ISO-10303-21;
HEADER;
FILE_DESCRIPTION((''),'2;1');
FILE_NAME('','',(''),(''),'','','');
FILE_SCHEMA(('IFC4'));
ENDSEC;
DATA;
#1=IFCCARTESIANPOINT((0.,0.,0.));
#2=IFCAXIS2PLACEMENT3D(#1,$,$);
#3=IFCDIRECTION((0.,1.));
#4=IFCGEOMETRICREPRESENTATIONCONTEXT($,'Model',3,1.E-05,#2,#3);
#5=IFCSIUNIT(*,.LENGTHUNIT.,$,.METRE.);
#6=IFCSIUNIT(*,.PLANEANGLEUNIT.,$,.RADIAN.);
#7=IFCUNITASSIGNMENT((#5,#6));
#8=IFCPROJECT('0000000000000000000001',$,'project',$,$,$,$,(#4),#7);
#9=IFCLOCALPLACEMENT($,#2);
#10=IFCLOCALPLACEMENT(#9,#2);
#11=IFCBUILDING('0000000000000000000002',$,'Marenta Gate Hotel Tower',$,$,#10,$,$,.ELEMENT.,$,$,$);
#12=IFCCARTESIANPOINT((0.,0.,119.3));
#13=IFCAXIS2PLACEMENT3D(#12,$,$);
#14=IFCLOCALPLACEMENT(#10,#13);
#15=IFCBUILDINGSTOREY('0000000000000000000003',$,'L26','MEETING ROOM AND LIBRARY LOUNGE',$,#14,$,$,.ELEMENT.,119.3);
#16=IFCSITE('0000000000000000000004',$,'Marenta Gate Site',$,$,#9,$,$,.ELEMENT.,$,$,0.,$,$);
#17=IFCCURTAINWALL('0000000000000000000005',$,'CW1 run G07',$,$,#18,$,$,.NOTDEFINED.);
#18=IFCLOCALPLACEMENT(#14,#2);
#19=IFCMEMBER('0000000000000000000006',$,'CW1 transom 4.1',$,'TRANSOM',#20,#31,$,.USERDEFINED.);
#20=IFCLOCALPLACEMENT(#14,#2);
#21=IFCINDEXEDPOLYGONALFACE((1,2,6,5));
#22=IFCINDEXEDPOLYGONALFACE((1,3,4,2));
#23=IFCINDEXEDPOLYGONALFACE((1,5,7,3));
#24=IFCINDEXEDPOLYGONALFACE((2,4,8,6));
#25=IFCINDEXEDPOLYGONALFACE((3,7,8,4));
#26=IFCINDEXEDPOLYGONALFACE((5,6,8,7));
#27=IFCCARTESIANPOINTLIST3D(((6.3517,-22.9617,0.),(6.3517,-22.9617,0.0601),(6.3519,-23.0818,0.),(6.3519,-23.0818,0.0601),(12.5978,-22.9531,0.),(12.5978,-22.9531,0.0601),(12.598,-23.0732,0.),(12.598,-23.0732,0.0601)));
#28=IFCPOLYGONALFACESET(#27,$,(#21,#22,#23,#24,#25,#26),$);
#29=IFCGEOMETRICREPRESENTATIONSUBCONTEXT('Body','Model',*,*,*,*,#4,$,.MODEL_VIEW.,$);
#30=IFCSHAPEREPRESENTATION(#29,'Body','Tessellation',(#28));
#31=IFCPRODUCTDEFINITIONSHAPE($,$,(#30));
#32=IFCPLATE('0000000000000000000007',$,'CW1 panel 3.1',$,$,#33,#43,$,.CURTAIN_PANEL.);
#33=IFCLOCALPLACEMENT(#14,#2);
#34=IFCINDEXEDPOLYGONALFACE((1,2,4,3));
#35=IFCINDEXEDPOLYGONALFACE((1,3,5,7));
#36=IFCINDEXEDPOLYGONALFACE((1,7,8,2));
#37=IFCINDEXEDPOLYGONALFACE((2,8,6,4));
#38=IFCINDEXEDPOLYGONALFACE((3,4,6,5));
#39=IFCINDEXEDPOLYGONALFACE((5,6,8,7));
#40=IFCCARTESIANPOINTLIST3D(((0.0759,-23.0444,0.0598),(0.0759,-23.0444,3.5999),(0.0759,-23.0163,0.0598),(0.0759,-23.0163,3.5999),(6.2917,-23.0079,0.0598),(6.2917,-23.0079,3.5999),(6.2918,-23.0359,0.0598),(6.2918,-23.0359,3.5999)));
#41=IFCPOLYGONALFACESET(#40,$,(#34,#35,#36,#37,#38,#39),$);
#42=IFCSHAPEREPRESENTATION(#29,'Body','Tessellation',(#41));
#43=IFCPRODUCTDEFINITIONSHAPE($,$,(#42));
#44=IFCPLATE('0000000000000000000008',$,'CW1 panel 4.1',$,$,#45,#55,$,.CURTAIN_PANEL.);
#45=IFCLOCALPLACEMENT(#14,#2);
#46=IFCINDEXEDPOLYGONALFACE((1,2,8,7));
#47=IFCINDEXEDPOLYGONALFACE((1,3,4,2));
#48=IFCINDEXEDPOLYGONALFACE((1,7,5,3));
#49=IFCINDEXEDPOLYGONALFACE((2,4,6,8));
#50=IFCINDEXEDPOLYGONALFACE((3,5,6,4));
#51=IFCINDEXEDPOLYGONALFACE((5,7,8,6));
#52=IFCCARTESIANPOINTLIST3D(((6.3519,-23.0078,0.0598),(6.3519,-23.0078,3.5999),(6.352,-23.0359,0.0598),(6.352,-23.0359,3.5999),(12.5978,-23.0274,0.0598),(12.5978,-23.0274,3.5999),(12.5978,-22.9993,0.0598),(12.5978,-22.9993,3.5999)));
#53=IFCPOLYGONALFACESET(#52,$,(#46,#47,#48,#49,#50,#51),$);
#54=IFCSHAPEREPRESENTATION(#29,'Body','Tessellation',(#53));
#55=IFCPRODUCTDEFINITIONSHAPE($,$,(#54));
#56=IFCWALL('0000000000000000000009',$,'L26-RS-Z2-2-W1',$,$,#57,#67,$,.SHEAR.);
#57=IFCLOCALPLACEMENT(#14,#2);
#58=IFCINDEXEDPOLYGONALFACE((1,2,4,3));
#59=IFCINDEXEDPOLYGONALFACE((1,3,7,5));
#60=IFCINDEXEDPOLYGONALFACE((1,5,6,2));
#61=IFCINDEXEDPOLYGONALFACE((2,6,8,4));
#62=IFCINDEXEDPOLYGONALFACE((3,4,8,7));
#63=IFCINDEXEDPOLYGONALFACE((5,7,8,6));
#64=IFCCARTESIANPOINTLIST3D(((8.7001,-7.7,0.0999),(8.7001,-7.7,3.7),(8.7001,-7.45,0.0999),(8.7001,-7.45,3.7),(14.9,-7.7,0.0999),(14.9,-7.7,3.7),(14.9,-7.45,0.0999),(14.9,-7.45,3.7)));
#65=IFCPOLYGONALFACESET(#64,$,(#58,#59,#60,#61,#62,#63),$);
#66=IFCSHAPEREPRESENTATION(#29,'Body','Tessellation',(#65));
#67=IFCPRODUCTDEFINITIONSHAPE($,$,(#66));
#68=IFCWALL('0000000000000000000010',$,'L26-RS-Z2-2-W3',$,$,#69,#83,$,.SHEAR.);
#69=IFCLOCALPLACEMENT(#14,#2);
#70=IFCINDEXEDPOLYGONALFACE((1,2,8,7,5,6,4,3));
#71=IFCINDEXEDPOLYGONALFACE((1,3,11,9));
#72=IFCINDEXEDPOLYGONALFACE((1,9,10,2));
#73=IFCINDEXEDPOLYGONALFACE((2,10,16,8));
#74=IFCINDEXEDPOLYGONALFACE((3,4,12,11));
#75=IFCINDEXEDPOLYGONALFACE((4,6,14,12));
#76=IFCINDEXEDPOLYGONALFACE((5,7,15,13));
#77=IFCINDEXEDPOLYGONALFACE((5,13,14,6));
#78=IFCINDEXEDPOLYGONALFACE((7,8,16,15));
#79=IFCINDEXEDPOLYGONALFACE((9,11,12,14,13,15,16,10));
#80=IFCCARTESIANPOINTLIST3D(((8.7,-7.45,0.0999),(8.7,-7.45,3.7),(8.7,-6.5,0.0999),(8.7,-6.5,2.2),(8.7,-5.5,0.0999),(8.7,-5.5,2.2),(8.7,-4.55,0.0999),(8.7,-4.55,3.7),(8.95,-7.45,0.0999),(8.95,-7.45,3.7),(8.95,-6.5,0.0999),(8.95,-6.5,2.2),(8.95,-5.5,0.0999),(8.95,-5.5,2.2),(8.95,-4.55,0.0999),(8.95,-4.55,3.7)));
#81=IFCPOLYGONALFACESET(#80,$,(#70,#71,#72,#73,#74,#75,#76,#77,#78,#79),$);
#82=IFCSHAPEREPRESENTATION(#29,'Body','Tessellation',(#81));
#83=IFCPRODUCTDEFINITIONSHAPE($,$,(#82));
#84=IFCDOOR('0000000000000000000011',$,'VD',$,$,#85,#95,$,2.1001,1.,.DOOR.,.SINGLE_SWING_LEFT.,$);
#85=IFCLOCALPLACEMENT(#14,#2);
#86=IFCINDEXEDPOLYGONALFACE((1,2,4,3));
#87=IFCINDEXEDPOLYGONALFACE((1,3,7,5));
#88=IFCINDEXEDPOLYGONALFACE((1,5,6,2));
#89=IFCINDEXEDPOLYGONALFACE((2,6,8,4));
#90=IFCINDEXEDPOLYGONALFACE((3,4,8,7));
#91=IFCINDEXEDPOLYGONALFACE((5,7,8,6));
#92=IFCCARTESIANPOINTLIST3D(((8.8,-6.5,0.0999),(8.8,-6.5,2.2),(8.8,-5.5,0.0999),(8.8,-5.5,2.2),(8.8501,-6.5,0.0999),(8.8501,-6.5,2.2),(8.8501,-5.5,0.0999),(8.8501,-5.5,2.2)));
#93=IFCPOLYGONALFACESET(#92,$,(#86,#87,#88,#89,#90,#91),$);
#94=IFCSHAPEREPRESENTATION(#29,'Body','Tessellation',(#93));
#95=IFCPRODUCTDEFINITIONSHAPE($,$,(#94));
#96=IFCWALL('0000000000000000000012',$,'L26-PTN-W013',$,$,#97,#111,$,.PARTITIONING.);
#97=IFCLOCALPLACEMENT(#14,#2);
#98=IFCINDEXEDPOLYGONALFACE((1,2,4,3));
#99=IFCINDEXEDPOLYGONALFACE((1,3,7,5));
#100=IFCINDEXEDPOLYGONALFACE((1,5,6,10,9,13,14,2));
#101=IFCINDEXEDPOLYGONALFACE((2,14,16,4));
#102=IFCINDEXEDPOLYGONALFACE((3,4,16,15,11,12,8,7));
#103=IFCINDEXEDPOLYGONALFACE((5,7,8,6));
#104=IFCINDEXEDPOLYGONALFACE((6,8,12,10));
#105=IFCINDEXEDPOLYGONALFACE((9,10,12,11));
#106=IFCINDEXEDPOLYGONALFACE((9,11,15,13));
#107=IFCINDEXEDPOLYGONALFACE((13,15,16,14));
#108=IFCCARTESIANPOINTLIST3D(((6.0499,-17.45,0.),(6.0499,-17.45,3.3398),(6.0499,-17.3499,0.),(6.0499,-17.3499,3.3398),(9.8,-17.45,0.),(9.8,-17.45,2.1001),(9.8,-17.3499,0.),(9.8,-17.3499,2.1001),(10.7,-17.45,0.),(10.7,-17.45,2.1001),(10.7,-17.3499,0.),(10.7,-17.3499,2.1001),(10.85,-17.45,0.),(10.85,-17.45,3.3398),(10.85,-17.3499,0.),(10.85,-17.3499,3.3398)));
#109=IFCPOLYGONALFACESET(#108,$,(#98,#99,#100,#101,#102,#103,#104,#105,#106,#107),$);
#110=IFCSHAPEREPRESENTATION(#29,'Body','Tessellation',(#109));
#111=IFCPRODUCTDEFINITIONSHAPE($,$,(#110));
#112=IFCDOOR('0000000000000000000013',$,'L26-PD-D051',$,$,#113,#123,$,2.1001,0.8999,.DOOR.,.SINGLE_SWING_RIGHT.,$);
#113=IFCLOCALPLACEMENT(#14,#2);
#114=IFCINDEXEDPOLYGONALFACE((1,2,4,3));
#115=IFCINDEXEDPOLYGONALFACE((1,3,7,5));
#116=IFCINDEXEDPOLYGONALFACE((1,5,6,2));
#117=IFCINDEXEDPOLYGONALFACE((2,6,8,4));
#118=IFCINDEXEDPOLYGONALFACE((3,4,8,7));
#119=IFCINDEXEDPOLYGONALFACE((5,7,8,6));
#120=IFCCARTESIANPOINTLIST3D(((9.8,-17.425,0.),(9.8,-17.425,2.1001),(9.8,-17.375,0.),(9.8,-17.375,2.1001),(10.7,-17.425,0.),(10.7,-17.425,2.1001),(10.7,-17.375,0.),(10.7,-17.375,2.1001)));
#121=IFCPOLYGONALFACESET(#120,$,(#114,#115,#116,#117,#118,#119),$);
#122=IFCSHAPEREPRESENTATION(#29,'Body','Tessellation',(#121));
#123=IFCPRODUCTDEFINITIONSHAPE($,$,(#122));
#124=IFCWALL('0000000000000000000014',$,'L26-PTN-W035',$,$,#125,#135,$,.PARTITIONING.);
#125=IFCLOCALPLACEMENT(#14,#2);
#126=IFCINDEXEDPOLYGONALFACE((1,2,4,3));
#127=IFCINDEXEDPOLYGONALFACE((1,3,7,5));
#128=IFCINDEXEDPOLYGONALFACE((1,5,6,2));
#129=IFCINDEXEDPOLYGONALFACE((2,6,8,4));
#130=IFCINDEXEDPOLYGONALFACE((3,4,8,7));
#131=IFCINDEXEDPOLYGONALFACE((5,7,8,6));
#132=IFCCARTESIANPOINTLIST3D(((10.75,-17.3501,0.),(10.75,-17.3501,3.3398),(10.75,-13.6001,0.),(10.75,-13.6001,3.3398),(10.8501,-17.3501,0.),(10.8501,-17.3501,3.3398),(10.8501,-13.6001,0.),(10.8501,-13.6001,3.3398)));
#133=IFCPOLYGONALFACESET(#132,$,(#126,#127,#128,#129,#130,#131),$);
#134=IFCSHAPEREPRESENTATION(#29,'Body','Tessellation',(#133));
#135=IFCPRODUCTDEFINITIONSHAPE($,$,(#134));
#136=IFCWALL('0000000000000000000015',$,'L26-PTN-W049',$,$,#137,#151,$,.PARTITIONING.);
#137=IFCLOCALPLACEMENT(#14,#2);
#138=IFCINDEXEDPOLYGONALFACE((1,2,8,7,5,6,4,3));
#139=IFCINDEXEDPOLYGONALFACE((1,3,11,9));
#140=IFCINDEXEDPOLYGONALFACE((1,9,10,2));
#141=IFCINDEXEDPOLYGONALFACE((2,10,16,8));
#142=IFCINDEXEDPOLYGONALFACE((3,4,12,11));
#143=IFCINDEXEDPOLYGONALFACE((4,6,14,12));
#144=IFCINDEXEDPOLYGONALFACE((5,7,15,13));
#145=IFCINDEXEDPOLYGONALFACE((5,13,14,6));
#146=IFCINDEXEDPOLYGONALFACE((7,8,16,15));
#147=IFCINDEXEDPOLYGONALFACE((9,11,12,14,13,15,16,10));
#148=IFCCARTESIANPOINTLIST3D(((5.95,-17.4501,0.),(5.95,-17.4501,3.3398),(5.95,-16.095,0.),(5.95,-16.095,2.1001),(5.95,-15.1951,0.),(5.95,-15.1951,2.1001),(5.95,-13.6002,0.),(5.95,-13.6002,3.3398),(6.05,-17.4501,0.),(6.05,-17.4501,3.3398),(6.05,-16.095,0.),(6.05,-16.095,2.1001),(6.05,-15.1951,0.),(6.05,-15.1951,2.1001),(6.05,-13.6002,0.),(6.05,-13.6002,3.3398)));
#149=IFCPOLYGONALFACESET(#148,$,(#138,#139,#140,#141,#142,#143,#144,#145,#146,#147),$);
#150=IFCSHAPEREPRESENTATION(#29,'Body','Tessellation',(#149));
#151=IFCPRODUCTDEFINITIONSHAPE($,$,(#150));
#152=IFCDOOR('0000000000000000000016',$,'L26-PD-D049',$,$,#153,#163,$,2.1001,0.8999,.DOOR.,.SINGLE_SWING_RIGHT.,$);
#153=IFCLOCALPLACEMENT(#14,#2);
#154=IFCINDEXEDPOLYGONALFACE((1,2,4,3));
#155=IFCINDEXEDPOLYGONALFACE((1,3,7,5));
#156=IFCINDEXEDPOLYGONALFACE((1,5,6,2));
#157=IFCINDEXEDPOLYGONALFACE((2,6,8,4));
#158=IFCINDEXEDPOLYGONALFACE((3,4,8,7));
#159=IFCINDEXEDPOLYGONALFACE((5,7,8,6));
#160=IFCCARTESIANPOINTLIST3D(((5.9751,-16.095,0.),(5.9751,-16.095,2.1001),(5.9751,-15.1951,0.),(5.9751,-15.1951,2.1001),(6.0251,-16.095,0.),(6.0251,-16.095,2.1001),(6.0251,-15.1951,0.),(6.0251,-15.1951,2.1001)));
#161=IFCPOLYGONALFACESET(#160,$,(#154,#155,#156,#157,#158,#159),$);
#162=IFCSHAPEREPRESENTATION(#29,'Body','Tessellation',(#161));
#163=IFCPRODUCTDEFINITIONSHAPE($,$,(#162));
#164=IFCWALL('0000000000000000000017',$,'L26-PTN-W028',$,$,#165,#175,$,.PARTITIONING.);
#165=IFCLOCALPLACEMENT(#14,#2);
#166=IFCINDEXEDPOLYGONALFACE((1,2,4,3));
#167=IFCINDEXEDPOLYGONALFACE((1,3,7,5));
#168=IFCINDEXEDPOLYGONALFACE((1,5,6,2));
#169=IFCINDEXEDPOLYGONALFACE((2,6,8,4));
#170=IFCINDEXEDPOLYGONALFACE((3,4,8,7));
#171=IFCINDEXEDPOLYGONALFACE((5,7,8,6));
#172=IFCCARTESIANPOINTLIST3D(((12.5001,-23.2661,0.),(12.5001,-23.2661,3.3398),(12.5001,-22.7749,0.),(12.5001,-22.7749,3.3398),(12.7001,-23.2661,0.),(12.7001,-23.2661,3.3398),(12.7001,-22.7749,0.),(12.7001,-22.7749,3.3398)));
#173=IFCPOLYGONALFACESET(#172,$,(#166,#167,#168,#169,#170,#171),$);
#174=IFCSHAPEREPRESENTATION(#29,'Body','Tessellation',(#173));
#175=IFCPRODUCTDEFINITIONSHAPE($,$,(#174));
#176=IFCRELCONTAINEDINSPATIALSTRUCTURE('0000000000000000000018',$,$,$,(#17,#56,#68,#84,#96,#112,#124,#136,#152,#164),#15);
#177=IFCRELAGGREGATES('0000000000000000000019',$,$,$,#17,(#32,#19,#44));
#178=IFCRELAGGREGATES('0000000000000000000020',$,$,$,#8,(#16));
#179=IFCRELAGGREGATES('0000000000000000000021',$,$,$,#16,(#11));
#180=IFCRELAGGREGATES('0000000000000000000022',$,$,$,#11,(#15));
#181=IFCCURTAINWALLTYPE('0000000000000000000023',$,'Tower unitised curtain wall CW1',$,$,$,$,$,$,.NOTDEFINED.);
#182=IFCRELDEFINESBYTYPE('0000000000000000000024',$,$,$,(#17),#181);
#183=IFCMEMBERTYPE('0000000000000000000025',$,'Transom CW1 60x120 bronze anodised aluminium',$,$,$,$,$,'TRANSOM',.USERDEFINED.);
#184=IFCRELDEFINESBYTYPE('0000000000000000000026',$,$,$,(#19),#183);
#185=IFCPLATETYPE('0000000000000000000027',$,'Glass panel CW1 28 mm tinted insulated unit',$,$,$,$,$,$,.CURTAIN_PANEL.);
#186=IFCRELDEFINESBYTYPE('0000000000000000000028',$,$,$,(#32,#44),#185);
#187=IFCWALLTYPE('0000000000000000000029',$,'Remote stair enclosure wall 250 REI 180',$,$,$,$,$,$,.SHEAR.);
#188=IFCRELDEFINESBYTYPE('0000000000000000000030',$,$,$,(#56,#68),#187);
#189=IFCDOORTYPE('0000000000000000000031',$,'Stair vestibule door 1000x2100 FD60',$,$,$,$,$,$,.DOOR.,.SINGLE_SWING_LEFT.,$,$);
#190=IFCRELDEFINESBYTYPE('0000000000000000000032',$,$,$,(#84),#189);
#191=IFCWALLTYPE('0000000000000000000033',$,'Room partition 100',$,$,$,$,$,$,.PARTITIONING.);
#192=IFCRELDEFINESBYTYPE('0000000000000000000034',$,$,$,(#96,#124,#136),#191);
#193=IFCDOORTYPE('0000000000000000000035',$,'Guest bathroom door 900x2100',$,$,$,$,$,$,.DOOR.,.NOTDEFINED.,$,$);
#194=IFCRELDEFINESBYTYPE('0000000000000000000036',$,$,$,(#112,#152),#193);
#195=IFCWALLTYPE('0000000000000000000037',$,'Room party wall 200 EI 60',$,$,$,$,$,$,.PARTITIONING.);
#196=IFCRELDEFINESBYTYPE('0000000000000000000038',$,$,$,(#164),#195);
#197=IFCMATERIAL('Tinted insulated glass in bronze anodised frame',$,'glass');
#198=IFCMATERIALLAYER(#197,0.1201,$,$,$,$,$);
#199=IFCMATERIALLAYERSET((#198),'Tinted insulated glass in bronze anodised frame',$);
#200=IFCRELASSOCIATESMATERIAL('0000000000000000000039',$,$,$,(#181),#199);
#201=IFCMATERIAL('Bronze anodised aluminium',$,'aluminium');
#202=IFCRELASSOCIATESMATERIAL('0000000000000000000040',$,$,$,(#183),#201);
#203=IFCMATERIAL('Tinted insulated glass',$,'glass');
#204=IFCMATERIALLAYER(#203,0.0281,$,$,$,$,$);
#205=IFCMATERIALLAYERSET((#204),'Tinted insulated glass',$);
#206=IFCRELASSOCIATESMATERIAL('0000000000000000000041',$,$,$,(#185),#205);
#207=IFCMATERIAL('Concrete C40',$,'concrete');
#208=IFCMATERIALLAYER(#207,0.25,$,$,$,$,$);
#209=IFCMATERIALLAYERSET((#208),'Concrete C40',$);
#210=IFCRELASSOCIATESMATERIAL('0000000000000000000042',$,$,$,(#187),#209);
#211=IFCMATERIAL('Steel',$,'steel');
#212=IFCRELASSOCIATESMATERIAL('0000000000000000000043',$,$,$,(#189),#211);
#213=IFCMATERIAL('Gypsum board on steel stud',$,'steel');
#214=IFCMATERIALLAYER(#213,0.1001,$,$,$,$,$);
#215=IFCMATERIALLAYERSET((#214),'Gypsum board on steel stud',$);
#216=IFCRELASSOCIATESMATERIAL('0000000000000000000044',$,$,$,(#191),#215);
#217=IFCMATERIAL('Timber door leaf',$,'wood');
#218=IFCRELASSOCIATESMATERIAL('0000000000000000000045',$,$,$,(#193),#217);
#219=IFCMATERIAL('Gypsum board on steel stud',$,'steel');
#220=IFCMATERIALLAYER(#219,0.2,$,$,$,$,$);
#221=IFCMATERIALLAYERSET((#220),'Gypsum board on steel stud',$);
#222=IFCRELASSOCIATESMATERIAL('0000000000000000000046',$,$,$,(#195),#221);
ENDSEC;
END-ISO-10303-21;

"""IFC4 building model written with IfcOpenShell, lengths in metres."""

from ifc_helpers import new_model, si_unit, direction, frame, frame_2d, origin, origin_2d, place, context, subcontext, project, spatial, rectangle, extrude, material, layer, layer_set, material_profile, profile_set, type_object, element, fill, aggregate, save


model = new_model("IFC4")

# Units and contexts
model_context = context("Model", 3, precision=1e-05, world=origin(), true_north=direction((0.0, 1.0)))
body_context = subcontext(model_context, "Body", "Model", "MODEL_VIEW")
ifc_project = project(units=[si_unit("LENGTHUNIT", "METRE"), si_unit("PLANEANGLEUNIT", "RADIAN")], contexts=[model_context])

# Site, building, storey
site_placement = place(None, origin())
site = spatial("IfcSite", under=ifc_project, at=site_placement, Name="Marenta Gate Site", CompositionType="ELEMENT", RefElevation=0.0)
building_placement = place(site_placement, origin())
building = spatial("IfcBuilding", under=site, at=building_placement, Name="Marenta Gate Hotel Tower", CompositionType="ELEMENT")
storey_placement = place(building_placement, frame((0.0, 0.0, 119.3)))
storey = spatial("IfcBuildingStorey", under=building, at=storey_placement, Name="L26", Description="MEETING ROOM AND LIBRARY LOUNGE", CompositionType="ELEMENT", Elevation=119.3)

# Curtain wall, member, plates
ifc_material_1 = material(Name="Tinted insulated glass in bronze anodised frame", Category="glass")
ifc_layer_1 = layer(ifc_material_1, 0.1201)
ifc_layer_set_1 = layer_set([ifc_layer_1], Name="Tinted insulated glass in bronze anodised frame")
curtain_wall_type = type_object("IfcCurtainWallType", Name="Tower unitised curtain wall CW1", PredefinedType="NOTDEFINED", material=ifc_layer_set_1)
curtain_wall_placement = place(storey_placement, origin())
curtain_wall = element("IfcCurtainWall", 1, at=curtain_wall_placement, inside=storey, type_object=curtain_wall_type, Name="CW1 run G07", PredefinedType="NOTDEFINED")
ifc_material_2 = material(Name="Bronze anodised aluminium", Category="aluminium")
ifc_material_profile_1 = material_profile(ifc_material_2, rectangle(XDim=0.1201, YDim=0.0601, at=origin_2d()), Name="Transom CW1 60x120 bronze anodised aluminium")
ifc_profile_set_1 = profile_set([ifc_material_profile_1], Name="Bronze anodised aluminium")
member_type_1 = type_object("IfcMemberType", Name="Transom CW1 60x120 bronze anodised aluminium", ElementType="TRANSOM", PredefinedType="USERDEFINED", material=ifc_profile_set_1)
member_1_placement = place(storey_placement, frame((6.3518, -23.0217, 0.03), z_axis=(0.999999, 0.001368, 0.0), x_axis=(-0.001368, 0.999999, 0.0)))
member_1 = element("IfcMember", 2, at=member_1_placement, type_object=member_type_1, Name="CW1 transom 4.1", ObjectType="TRANSOM", PredefinedType="USERDEFINED", context=body_context, shape_type="SweptSolid", body=[
    extrude(rectangle(XDim=0.1201, YDim=0.0601, at=origin_2d()), origin(), (0.0, 0.0, 1.0), 6.2461),
])
ifc_material_3 = material(Name="Tinted insulated glass", Category="glass")
ifc_layer_2 = layer(ifc_material_3, 0.0281)
ifc_layer_set_2 = layer_set([ifc_layer_2], Name="Tinted insulated glass")
plate_type = type_object("IfcPlateType", Name="Glass panel CW1 28 mm tinted insulated unit", PredefinedType="CURTAIN_PANEL", material=ifc_layer_set_2)
plate_1_placement = place(storey_placement, frame((3.1838, -23.0261, 0.0598), z_axis=(0.0, 0.0, 1.0), x_axis=(0.999999, 0.001362, 0.0)))
plate_1 = element("IfcPlate", 3, at=plate_1_placement, type_object=plate_type, Name="CW1 panel 3.1", PredefinedType="CURTAIN_PANEL", context=body_context, shape_type="SweptSolid", body=[
    extrude(rectangle(XDim=6.2158, YDim=0.0281, at=origin_2d()), origin(), (0.0, 0.0, 1.0), 3.54),
])
plate_2_placement = place(storey_placement, frame((9.4749, -23.0176, 0.0598), z_axis=(0.0, 0.0, 1.0), x_axis=(0.999999, 0.001362, 0.0)))
plate_2 = element("IfcPlate", 4, at=plate_2_placement, type_object=plate_type, Name="CW1 panel 4.1", PredefinedType="CURTAIN_PANEL", context=body_context, shape_type="SweptSolid", body=[
    extrude(rectangle(XDim=6.2458, YDim=0.0281, at=origin_2d()), origin(), (0.0, 0.0, 1.0), 3.54),
])
aggregate(curtain_wall, [plate_1, member_1, plate_2])

# Wall
ifc_material_4 = material(Name="Concrete C40", Category="concrete")
ifc_layer_3 = layer(ifc_material_4, 0.25)
ifc_layer_set_3 = layer_set([ifc_layer_3], Name="Concrete C40")
wall_type_1 = type_object("IfcWallType", Name="Remote stair enclosure wall 250 REI 180", PredefinedType="SHEAR", material=ifc_layer_set_3)
wall_1_placement = place(storey_placement, frame((8.7, -7.575, 0.0999), z_axis=(0.0, 0.0, 1.0), x_axis=(1.0, 0.0, 0.0)))
element("IfcWall", 5, at=wall_1_placement, inside=storey, type_object=wall_type_1, Name="L26-RS-Z2-2-W1", PredefinedType="SHEAR", context=body_context, shape_type="SweptSolid", body=[
    extrude(rectangle(XDim=6.2, YDim=0.25, at=frame_2d((3.1001, 0.0))), origin(), (0.0, 0.0, 1.0), 3.6001),
])

# Walls, openings, doors
wall_2_placement = place(storey_placement, frame((8.825, -7.45, 0.0999), z_axis=(0.0, 0.0, 1.0), x_axis=(0.0, 1.0, 0.0)))
wall_2 = element("IfcWall", 6, at=wall_2_placement, inside=storey, type_object=wall_type_1, Name="L26-RS-Z2-2-W3", PredefinedType="SHEAR", context=body_context, shape_type="SweptSolid", body=[
    extrude(rectangle(XDim=2.8999, YDim=0.25, at=frame_2d((1.45, 0.0))), origin(), (0.0, 0.0, 1.0), 3.6001),
])
opening_1_placement = place(wall_2_placement, frame((0.95, 0.0, 0.0)))
opening_1 = element("IfcOpeningElement", 7, at=opening_1_placement, cuts=wall_2, PredefinedType="OPENING", context=body_context, shape_type="SweptSolid", body=[
    extrude(rectangle(XDim=1.0, YDim=2.1001, at=frame_2d((0.5, 1.05))), frame((0.0, 0.125, 0.0), z_axis=(0.0, -1.0, 0.0), x_axis=(1.0, 0.0, 0.0)), (0.0, 0.0, 1.0), 0.25),
])
ifc_material_5 = material(Name="Steel", Category="steel")
door_type_1 = type_object("IfcDoorType", Name="Stair vestibule door 1000x2100 FD60", OperationType="SINGLE_SWING_LEFT", PredefinedType="DOOR", material=ifc_material_5)
door_1_placement = place(opening_1_placement, origin())
door_1 = element("IfcDoor", 8, at=door_1_placement, inside=storey, type_object=door_type_1, Name="VD", OperationType="SINGLE_SWING_LEFT", OverallHeight=2.1001, OverallWidth=1.0, PredefinedType="DOOR", context=body_context, shape_type="SweptSolid", body=[
    extrude(rectangle(XDim=1.0, YDim=2.1001, at=frame_2d((0.5, 1.05))), frame((0.0, 0.0249, 0.0), z_axis=(0.0, -1.0, 0.0), x_axis=(1.0, 0.0, 0.0)), (0.0, 0.0, 1.0), 0.05),
])
fill(opening_1, door_1)
ifc_material_6 = material(Name="Gypsum board on steel stud", Category="steel")
ifc_layer_4 = layer(ifc_material_6, 0.1001)
ifc_layer_set_4 = layer_set([ifc_layer_4], Name="Gypsum board on steel stud")
wall_type_2 = type_object("IfcWallType", Name="Room partition 100", PredefinedType="PARTITIONING", material=ifc_layer_set_4)
wall_3_placement = place(storey_placement, frame((6.05, -17.3999, 0.0), z_axis=(0.0, 0.0, 1.0), x_axis=(1.0, 0.0, 0.0)))
wall_3 = element("IfcWall", 9, at=wall_3_placement, inside=storey, type_object=wall_type_2, Name="L26-PTN-W013", PredefinedType="PARTITIONING", context=body_context, shape_type="SweptSolid", body=[
    extrude(rectangle(XDim=4.8, YDim=0.1001, at=frame_2d((2.3999, 0.0))), origin(), (0.0, 0.0, 1.0), 3.3398),
])
opening_2_placement = place(wall_3_placement, frame((3.75, 0.0, 0.0)))
opening_2 = element("IfcOpeningElement", 10, at=opening_2_placement, cuts=wall_3, PredefinedType="OPENING", context=body_context, shape_type="SweptSolid", body=[
    extrude(rectangle(XDim=0.8999, YDim=2.1001, at=frame_2d((0.45, 1.05))), frame((0.0, 0.05, 0.0), z_axis=(0.0, -1.0, 0.0), x_axis=(1.0, 0.0, 0.0)), (0.0, 0.0, 1.0), 0.1001),
])
ifc_material_7 = material(Name="Timber door leaf", Category="wood")
door_type_2 = type_object("IfcDoorType", Name="Guest bathroom door 900x2100", OperationType="NOTDEFINED", PredefinedType="DOOR", material=ifc_material_7)
door_2_placement = place(opening_2_placement, origin())
door_2 = element("IfcDoor", 11, at=door_2_placement, inside=storey, type_object=door_type_2, Name="L26-PD-D051", OperationType="SINGLE_SWING_RIGHT", OverallHeight=2.1001, OverallWidth=0.8999, PredefinedType="DOOR", context=body_context, shape_type="SweptSolid", body=[
    extrude(rectangle(XDim=0.8999, YDim=2.1001, at=frame_2d((0.45, 1.05))), frame((0.0, 0.0249, 0.0), z_axis=(0.0, -1.0, 0.0), x_axis=(1.0, 0.0, 0.0)), (0.0, 0.0, 1.0), 0.05),
])
fill(opening_2, door_2)

# Wall
wall_4_placement = place(storey_placement, frame((10.8, -17.3501, 0.0), z_axis=(0.0, 0.0, 1.0), x_axis=(0.0, 1.0, 0.0)))
element("IfcWall", 12, at=wall_4_placement, inside=storey, type_object=wall_type_2, Name="L26-PTN-W035", PredefinedType="PARTITIONING", context=body_context, shape_type="SweptSolid", body=[
    extrude(rectangle(XDim=3.75, YDim=0.1001, at=frame_2d((1.875, 0.0))), origin(), (0.0, 0.0, 1.0), 3.3398),
])

# Wall, opening, door
wall_5_placement = place(storey_placement, frame((6.0, -17.45, 0.0), z_axis=(0.0, 0.0, 1.0), x_axis=(0.0, 1.0, 0.0)))
wall_5 = element("IfcWall", 13, at=wall_5_placement, inside=storey, type_object=wall_type_2, Name="L26-PTN-W049", PredefinedType="PARTITIONING", context=body_context, shape_type="SweptSolid", body=[
    extrude(rectangle(XDim=3.8499, YDim=0.1001, at=frame_2d((1.9248, 0.0))), origin(), (0.0, 0.0, 1.0), 3.3398),
])
opening_3_placement = place(wall_5_placement, frame((1.355, 0.0, 0.0)))
opening_3 = element("IfcOpeningElement", 14, at=opening_3_placement, cuts=wall_5, PredefinedType="OPENING", context=body_context, shape_type="SweptSolid", body=[
    extrude(rectangle(XDim=0.8999, YDim=2.1001, at=frame_2d((0.45, 1.05))), frame((0.0, 0.05, 0.0), z_axis=(0.0, -1.0, 0.0), x_axis=(1.0, 0.0, 0.0)), (0.0, 0.0, 1.0), 0.1001),
])
door_3_placement = place(opening_3_placement, origin())
door_3 = element("IfcDoor", 15, at=door_3_placement, inside=storey, type_object=door_type_2, Name="L26-PD-D049", OperationType="SINGLE_SWING_RIGHT", OverallHeight=2.1001, OverallWidth=0.8999, PredefinedType="DOOR", context=body_context, shape_type="SweptSolid", body=[
    extrude(rectangle(XDim=0.8999, YDim=2.1001, at=frame_2d((0.45, 1.05))), frame((0.0, 0.0249, 0.0), z_axis=(0.0, -1.0, 0.0), x_axis=(1.0, 0.0, 0.0)), (0.0, 0.0, 1.0), 0.05),
])
fill(opening_3, door_3)

# Wall
ifc_material_8 = material(Name="Gypsum board on steel stud", Category="steel")
ifc_layer_5 = layer(ifc_material_8, 0.2)
ifc_layer_set_5 = layer_set([ifc_layer_5], Name="Gypsum board on steel stud")
wall_type_3 = type_object("IfcWallType", Name="Room party wall 200 EI 60", PredefinedType="PARTITIONING", material=ifc_layer_set_5)
wall_6_placement = place(storey_placement, frame((12.6001, -23.2661, 0.0), z_axis=(0.0, 0.0, 1.0), x_axis=(0.0, 1.0, 0.0)))
element("IfcWall", 16, at=wall_6_placement, inside=storey, type_object=wall_type_3, Name="L26-PTN-W028", PredefinedType="PARTITIONING", context=body_context, shape_type="SweptSolid", body=[
    extrude(rectangle(XDim=0.4912, YDim=0.2, at=frame_2d((0.2456, 0.0))), origin(), (0.0, 0.0, 1.0), 3.3398),
])

save(model, "model.ifc")
